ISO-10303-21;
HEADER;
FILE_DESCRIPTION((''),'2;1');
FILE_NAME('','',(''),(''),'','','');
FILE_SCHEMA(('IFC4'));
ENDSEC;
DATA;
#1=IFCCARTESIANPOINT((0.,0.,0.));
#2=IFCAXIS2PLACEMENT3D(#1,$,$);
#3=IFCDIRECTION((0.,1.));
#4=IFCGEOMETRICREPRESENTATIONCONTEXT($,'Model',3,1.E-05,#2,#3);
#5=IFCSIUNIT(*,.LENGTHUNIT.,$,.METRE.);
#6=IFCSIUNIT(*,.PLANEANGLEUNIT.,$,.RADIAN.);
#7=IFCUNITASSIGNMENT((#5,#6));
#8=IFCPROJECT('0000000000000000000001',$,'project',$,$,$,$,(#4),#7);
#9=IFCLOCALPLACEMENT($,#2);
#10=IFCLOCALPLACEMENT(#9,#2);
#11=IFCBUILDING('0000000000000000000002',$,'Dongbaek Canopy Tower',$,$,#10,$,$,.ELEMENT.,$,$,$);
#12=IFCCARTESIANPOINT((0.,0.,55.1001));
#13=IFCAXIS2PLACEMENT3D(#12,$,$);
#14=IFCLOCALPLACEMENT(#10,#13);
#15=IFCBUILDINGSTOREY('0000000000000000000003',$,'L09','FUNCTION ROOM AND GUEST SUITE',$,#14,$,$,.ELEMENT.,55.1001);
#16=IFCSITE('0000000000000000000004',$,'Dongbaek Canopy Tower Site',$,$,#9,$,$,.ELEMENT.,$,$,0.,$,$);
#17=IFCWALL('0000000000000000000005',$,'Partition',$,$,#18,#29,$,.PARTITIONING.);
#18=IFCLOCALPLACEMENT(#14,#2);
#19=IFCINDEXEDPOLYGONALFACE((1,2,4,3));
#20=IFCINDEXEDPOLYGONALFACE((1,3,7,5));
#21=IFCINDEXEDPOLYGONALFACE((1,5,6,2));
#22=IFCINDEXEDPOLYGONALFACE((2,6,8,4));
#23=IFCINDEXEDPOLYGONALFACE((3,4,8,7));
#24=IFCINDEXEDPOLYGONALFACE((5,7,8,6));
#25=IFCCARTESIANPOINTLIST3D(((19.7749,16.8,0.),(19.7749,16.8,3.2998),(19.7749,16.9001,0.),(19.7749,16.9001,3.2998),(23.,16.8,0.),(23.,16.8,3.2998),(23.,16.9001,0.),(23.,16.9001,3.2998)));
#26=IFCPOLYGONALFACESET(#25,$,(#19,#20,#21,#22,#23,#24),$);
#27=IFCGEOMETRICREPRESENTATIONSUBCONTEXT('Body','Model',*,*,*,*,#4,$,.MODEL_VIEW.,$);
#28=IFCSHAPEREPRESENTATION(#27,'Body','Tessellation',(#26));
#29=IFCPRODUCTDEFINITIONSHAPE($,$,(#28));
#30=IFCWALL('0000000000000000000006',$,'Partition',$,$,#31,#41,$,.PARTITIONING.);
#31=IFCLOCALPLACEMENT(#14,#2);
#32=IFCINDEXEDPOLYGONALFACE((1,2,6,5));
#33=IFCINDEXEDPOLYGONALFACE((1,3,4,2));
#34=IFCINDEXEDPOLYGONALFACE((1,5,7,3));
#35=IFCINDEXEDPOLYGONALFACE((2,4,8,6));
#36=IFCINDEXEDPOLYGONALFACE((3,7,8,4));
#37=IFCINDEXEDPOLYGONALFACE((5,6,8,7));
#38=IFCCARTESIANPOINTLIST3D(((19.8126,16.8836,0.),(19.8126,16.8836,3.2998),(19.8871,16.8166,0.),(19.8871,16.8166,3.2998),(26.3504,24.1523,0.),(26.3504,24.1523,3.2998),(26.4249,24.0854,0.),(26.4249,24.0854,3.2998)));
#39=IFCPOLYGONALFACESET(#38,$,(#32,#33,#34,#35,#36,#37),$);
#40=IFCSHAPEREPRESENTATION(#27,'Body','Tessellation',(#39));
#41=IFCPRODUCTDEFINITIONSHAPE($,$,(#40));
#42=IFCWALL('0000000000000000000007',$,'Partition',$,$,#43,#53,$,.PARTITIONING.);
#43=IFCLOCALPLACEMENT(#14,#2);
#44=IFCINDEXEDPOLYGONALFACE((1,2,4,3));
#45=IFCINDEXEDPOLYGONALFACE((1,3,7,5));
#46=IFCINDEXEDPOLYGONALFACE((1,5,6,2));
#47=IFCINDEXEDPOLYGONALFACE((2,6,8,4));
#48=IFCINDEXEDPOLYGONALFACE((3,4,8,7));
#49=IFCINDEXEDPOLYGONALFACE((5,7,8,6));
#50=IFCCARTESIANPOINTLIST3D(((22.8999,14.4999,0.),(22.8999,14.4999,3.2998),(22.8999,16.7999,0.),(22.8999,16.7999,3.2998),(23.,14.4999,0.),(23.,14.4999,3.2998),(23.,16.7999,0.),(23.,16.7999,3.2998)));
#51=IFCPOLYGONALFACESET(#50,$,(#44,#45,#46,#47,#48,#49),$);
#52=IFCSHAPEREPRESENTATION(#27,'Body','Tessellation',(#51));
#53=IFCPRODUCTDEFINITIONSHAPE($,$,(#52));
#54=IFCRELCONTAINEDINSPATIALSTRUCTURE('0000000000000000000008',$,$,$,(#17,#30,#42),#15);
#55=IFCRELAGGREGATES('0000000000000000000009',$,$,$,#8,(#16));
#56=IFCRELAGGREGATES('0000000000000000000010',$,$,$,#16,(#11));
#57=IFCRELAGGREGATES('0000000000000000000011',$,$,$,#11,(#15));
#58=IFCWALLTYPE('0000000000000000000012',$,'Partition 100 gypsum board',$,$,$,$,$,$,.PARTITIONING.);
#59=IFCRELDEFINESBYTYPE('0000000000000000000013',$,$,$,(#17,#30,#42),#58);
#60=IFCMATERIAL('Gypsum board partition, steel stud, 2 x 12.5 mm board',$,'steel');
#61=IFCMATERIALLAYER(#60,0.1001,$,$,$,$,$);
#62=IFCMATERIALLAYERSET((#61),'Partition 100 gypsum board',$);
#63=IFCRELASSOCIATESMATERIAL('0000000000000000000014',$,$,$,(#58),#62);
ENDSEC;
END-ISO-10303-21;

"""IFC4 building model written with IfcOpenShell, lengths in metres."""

from ifc_helpers import new_model, si_unit, direction, frame, frame_2d, origin, place, context, subcontext, project, spatial, rectangle, extrude, material, layer, layer_set, type_object, element, save


model = new_model("IFC4")

# Units and contexts
model_context = context("Model", 3, precision=1e-05, world=origin(), true_north=direction((0.0, 1.0)))
body_context = subcontext(model_context, "Body", "Model", "MODEL_VIEW")
ifc_project = project(units=[si_unit("LENGTHUNIT", "METRE"), si_unit("PLANEANGLEUNIT", "RADIAN")], contexts=[model_context])

# Site, building, storey
site_placement = place(None, origin())
site = spatial("IfcSite", under=ifc_project, at=site_placement, Name="Dongbaek Canopy Tower Site", CompositionType="ELEMENT", RefElevation=0.0)
building_placement = place(site_placement, origin())
building = spatial("IfcBuilding", under=site, at=building_placement, Name="Dongbaek Canopy Tower", CompositionType="ELEMENT")
storey_placement = place(building_placement, frame((0.0, 0.0, 55.1001)))
storey = spatial("IfcBuildingStorey", under=building, at=storey_placement, Name="L09", Description="FUNCTION ROOM AND GUEST SUITE", CompositionType="ELEMENT", Elevation=55.1001)

# Shared definitions
ifc_material_1 = material(Name="Gypsum board partition, steel stud, 2 x 12.5 mm board", Category="steel")
ifc_layer_1 = layer(ifc_material_1, 0.1001)
ifc_layer_set_1 = layer_set([ifc_layer_1], Name="Partition 100 gypsum board")
wall_type_1 = type_object("IfcWallType", Name="Partition 100 gypsum board", PredefinedType="PARTITIONING", material=ifc_layer_set_1)

# Walls
wall_1_placement = place(storey_placement, frame((19.7749, 16.8501, 0.0), z_axis=(0.0, 0.0, 1.0), x_axis=(1.0, 0.0, 0.0)))
element("IfcWall", 1, at=wall_1_placement, inside=storey, type_object=wall_type_1, Name="Partition", PredefinedType="PARTITIONING", context=body_context, shape_type="SweptSolid", body=[
    extrude(rectangle(XDim=3.2251, YDim=0.1001, at=frame_2d((1.6125, 0.0))), origin(), (0.0, 0.0, 1.0), 3.2998),
])
wall_2_placement = place(storey_placement, frame((19.8499, 16.8501, 0.0), z_axis=(0.0, 0.0, 1.0), x_axis=(0.668734, 0.743501, 0.0)))
element("IfcWall", 2, at=wall_2_placement, inside=storey, type_object=wall_type_1, Name="Partition", PredefinedType="PARTITIONING", context=body_context, shape_type="SweptSolid", body=[
    extrude(rectangle(XDim=9.7764, YDim=0.1001, at=frame_2d((4.8882, 0.0))), origin(), (0.0, 0.0, 1.0), 3.2998),
])
wall_3_placement = place(storey_placement, frame((22.95, 14.5, 0.0), z_axis=(0.0, 0.0, 1.0), x_axis=(0.0, 1.0, 0.0)))
element("IfcWall", 3, at=wall_3_placement, inside=storey, type_object=wall_type_1, Name="Partition", PredefinedType="PARTITIONING", context=body_context, shape_type="SweptSolid", body=[
    extrude(rectangle(XDim=2.3, YDim=0.1001, at=frame_2d((1.1499, 0.0))), origin(), (0.0, 0.0, 1.0), 3.2998),
])

save(model, "model.ifc")
